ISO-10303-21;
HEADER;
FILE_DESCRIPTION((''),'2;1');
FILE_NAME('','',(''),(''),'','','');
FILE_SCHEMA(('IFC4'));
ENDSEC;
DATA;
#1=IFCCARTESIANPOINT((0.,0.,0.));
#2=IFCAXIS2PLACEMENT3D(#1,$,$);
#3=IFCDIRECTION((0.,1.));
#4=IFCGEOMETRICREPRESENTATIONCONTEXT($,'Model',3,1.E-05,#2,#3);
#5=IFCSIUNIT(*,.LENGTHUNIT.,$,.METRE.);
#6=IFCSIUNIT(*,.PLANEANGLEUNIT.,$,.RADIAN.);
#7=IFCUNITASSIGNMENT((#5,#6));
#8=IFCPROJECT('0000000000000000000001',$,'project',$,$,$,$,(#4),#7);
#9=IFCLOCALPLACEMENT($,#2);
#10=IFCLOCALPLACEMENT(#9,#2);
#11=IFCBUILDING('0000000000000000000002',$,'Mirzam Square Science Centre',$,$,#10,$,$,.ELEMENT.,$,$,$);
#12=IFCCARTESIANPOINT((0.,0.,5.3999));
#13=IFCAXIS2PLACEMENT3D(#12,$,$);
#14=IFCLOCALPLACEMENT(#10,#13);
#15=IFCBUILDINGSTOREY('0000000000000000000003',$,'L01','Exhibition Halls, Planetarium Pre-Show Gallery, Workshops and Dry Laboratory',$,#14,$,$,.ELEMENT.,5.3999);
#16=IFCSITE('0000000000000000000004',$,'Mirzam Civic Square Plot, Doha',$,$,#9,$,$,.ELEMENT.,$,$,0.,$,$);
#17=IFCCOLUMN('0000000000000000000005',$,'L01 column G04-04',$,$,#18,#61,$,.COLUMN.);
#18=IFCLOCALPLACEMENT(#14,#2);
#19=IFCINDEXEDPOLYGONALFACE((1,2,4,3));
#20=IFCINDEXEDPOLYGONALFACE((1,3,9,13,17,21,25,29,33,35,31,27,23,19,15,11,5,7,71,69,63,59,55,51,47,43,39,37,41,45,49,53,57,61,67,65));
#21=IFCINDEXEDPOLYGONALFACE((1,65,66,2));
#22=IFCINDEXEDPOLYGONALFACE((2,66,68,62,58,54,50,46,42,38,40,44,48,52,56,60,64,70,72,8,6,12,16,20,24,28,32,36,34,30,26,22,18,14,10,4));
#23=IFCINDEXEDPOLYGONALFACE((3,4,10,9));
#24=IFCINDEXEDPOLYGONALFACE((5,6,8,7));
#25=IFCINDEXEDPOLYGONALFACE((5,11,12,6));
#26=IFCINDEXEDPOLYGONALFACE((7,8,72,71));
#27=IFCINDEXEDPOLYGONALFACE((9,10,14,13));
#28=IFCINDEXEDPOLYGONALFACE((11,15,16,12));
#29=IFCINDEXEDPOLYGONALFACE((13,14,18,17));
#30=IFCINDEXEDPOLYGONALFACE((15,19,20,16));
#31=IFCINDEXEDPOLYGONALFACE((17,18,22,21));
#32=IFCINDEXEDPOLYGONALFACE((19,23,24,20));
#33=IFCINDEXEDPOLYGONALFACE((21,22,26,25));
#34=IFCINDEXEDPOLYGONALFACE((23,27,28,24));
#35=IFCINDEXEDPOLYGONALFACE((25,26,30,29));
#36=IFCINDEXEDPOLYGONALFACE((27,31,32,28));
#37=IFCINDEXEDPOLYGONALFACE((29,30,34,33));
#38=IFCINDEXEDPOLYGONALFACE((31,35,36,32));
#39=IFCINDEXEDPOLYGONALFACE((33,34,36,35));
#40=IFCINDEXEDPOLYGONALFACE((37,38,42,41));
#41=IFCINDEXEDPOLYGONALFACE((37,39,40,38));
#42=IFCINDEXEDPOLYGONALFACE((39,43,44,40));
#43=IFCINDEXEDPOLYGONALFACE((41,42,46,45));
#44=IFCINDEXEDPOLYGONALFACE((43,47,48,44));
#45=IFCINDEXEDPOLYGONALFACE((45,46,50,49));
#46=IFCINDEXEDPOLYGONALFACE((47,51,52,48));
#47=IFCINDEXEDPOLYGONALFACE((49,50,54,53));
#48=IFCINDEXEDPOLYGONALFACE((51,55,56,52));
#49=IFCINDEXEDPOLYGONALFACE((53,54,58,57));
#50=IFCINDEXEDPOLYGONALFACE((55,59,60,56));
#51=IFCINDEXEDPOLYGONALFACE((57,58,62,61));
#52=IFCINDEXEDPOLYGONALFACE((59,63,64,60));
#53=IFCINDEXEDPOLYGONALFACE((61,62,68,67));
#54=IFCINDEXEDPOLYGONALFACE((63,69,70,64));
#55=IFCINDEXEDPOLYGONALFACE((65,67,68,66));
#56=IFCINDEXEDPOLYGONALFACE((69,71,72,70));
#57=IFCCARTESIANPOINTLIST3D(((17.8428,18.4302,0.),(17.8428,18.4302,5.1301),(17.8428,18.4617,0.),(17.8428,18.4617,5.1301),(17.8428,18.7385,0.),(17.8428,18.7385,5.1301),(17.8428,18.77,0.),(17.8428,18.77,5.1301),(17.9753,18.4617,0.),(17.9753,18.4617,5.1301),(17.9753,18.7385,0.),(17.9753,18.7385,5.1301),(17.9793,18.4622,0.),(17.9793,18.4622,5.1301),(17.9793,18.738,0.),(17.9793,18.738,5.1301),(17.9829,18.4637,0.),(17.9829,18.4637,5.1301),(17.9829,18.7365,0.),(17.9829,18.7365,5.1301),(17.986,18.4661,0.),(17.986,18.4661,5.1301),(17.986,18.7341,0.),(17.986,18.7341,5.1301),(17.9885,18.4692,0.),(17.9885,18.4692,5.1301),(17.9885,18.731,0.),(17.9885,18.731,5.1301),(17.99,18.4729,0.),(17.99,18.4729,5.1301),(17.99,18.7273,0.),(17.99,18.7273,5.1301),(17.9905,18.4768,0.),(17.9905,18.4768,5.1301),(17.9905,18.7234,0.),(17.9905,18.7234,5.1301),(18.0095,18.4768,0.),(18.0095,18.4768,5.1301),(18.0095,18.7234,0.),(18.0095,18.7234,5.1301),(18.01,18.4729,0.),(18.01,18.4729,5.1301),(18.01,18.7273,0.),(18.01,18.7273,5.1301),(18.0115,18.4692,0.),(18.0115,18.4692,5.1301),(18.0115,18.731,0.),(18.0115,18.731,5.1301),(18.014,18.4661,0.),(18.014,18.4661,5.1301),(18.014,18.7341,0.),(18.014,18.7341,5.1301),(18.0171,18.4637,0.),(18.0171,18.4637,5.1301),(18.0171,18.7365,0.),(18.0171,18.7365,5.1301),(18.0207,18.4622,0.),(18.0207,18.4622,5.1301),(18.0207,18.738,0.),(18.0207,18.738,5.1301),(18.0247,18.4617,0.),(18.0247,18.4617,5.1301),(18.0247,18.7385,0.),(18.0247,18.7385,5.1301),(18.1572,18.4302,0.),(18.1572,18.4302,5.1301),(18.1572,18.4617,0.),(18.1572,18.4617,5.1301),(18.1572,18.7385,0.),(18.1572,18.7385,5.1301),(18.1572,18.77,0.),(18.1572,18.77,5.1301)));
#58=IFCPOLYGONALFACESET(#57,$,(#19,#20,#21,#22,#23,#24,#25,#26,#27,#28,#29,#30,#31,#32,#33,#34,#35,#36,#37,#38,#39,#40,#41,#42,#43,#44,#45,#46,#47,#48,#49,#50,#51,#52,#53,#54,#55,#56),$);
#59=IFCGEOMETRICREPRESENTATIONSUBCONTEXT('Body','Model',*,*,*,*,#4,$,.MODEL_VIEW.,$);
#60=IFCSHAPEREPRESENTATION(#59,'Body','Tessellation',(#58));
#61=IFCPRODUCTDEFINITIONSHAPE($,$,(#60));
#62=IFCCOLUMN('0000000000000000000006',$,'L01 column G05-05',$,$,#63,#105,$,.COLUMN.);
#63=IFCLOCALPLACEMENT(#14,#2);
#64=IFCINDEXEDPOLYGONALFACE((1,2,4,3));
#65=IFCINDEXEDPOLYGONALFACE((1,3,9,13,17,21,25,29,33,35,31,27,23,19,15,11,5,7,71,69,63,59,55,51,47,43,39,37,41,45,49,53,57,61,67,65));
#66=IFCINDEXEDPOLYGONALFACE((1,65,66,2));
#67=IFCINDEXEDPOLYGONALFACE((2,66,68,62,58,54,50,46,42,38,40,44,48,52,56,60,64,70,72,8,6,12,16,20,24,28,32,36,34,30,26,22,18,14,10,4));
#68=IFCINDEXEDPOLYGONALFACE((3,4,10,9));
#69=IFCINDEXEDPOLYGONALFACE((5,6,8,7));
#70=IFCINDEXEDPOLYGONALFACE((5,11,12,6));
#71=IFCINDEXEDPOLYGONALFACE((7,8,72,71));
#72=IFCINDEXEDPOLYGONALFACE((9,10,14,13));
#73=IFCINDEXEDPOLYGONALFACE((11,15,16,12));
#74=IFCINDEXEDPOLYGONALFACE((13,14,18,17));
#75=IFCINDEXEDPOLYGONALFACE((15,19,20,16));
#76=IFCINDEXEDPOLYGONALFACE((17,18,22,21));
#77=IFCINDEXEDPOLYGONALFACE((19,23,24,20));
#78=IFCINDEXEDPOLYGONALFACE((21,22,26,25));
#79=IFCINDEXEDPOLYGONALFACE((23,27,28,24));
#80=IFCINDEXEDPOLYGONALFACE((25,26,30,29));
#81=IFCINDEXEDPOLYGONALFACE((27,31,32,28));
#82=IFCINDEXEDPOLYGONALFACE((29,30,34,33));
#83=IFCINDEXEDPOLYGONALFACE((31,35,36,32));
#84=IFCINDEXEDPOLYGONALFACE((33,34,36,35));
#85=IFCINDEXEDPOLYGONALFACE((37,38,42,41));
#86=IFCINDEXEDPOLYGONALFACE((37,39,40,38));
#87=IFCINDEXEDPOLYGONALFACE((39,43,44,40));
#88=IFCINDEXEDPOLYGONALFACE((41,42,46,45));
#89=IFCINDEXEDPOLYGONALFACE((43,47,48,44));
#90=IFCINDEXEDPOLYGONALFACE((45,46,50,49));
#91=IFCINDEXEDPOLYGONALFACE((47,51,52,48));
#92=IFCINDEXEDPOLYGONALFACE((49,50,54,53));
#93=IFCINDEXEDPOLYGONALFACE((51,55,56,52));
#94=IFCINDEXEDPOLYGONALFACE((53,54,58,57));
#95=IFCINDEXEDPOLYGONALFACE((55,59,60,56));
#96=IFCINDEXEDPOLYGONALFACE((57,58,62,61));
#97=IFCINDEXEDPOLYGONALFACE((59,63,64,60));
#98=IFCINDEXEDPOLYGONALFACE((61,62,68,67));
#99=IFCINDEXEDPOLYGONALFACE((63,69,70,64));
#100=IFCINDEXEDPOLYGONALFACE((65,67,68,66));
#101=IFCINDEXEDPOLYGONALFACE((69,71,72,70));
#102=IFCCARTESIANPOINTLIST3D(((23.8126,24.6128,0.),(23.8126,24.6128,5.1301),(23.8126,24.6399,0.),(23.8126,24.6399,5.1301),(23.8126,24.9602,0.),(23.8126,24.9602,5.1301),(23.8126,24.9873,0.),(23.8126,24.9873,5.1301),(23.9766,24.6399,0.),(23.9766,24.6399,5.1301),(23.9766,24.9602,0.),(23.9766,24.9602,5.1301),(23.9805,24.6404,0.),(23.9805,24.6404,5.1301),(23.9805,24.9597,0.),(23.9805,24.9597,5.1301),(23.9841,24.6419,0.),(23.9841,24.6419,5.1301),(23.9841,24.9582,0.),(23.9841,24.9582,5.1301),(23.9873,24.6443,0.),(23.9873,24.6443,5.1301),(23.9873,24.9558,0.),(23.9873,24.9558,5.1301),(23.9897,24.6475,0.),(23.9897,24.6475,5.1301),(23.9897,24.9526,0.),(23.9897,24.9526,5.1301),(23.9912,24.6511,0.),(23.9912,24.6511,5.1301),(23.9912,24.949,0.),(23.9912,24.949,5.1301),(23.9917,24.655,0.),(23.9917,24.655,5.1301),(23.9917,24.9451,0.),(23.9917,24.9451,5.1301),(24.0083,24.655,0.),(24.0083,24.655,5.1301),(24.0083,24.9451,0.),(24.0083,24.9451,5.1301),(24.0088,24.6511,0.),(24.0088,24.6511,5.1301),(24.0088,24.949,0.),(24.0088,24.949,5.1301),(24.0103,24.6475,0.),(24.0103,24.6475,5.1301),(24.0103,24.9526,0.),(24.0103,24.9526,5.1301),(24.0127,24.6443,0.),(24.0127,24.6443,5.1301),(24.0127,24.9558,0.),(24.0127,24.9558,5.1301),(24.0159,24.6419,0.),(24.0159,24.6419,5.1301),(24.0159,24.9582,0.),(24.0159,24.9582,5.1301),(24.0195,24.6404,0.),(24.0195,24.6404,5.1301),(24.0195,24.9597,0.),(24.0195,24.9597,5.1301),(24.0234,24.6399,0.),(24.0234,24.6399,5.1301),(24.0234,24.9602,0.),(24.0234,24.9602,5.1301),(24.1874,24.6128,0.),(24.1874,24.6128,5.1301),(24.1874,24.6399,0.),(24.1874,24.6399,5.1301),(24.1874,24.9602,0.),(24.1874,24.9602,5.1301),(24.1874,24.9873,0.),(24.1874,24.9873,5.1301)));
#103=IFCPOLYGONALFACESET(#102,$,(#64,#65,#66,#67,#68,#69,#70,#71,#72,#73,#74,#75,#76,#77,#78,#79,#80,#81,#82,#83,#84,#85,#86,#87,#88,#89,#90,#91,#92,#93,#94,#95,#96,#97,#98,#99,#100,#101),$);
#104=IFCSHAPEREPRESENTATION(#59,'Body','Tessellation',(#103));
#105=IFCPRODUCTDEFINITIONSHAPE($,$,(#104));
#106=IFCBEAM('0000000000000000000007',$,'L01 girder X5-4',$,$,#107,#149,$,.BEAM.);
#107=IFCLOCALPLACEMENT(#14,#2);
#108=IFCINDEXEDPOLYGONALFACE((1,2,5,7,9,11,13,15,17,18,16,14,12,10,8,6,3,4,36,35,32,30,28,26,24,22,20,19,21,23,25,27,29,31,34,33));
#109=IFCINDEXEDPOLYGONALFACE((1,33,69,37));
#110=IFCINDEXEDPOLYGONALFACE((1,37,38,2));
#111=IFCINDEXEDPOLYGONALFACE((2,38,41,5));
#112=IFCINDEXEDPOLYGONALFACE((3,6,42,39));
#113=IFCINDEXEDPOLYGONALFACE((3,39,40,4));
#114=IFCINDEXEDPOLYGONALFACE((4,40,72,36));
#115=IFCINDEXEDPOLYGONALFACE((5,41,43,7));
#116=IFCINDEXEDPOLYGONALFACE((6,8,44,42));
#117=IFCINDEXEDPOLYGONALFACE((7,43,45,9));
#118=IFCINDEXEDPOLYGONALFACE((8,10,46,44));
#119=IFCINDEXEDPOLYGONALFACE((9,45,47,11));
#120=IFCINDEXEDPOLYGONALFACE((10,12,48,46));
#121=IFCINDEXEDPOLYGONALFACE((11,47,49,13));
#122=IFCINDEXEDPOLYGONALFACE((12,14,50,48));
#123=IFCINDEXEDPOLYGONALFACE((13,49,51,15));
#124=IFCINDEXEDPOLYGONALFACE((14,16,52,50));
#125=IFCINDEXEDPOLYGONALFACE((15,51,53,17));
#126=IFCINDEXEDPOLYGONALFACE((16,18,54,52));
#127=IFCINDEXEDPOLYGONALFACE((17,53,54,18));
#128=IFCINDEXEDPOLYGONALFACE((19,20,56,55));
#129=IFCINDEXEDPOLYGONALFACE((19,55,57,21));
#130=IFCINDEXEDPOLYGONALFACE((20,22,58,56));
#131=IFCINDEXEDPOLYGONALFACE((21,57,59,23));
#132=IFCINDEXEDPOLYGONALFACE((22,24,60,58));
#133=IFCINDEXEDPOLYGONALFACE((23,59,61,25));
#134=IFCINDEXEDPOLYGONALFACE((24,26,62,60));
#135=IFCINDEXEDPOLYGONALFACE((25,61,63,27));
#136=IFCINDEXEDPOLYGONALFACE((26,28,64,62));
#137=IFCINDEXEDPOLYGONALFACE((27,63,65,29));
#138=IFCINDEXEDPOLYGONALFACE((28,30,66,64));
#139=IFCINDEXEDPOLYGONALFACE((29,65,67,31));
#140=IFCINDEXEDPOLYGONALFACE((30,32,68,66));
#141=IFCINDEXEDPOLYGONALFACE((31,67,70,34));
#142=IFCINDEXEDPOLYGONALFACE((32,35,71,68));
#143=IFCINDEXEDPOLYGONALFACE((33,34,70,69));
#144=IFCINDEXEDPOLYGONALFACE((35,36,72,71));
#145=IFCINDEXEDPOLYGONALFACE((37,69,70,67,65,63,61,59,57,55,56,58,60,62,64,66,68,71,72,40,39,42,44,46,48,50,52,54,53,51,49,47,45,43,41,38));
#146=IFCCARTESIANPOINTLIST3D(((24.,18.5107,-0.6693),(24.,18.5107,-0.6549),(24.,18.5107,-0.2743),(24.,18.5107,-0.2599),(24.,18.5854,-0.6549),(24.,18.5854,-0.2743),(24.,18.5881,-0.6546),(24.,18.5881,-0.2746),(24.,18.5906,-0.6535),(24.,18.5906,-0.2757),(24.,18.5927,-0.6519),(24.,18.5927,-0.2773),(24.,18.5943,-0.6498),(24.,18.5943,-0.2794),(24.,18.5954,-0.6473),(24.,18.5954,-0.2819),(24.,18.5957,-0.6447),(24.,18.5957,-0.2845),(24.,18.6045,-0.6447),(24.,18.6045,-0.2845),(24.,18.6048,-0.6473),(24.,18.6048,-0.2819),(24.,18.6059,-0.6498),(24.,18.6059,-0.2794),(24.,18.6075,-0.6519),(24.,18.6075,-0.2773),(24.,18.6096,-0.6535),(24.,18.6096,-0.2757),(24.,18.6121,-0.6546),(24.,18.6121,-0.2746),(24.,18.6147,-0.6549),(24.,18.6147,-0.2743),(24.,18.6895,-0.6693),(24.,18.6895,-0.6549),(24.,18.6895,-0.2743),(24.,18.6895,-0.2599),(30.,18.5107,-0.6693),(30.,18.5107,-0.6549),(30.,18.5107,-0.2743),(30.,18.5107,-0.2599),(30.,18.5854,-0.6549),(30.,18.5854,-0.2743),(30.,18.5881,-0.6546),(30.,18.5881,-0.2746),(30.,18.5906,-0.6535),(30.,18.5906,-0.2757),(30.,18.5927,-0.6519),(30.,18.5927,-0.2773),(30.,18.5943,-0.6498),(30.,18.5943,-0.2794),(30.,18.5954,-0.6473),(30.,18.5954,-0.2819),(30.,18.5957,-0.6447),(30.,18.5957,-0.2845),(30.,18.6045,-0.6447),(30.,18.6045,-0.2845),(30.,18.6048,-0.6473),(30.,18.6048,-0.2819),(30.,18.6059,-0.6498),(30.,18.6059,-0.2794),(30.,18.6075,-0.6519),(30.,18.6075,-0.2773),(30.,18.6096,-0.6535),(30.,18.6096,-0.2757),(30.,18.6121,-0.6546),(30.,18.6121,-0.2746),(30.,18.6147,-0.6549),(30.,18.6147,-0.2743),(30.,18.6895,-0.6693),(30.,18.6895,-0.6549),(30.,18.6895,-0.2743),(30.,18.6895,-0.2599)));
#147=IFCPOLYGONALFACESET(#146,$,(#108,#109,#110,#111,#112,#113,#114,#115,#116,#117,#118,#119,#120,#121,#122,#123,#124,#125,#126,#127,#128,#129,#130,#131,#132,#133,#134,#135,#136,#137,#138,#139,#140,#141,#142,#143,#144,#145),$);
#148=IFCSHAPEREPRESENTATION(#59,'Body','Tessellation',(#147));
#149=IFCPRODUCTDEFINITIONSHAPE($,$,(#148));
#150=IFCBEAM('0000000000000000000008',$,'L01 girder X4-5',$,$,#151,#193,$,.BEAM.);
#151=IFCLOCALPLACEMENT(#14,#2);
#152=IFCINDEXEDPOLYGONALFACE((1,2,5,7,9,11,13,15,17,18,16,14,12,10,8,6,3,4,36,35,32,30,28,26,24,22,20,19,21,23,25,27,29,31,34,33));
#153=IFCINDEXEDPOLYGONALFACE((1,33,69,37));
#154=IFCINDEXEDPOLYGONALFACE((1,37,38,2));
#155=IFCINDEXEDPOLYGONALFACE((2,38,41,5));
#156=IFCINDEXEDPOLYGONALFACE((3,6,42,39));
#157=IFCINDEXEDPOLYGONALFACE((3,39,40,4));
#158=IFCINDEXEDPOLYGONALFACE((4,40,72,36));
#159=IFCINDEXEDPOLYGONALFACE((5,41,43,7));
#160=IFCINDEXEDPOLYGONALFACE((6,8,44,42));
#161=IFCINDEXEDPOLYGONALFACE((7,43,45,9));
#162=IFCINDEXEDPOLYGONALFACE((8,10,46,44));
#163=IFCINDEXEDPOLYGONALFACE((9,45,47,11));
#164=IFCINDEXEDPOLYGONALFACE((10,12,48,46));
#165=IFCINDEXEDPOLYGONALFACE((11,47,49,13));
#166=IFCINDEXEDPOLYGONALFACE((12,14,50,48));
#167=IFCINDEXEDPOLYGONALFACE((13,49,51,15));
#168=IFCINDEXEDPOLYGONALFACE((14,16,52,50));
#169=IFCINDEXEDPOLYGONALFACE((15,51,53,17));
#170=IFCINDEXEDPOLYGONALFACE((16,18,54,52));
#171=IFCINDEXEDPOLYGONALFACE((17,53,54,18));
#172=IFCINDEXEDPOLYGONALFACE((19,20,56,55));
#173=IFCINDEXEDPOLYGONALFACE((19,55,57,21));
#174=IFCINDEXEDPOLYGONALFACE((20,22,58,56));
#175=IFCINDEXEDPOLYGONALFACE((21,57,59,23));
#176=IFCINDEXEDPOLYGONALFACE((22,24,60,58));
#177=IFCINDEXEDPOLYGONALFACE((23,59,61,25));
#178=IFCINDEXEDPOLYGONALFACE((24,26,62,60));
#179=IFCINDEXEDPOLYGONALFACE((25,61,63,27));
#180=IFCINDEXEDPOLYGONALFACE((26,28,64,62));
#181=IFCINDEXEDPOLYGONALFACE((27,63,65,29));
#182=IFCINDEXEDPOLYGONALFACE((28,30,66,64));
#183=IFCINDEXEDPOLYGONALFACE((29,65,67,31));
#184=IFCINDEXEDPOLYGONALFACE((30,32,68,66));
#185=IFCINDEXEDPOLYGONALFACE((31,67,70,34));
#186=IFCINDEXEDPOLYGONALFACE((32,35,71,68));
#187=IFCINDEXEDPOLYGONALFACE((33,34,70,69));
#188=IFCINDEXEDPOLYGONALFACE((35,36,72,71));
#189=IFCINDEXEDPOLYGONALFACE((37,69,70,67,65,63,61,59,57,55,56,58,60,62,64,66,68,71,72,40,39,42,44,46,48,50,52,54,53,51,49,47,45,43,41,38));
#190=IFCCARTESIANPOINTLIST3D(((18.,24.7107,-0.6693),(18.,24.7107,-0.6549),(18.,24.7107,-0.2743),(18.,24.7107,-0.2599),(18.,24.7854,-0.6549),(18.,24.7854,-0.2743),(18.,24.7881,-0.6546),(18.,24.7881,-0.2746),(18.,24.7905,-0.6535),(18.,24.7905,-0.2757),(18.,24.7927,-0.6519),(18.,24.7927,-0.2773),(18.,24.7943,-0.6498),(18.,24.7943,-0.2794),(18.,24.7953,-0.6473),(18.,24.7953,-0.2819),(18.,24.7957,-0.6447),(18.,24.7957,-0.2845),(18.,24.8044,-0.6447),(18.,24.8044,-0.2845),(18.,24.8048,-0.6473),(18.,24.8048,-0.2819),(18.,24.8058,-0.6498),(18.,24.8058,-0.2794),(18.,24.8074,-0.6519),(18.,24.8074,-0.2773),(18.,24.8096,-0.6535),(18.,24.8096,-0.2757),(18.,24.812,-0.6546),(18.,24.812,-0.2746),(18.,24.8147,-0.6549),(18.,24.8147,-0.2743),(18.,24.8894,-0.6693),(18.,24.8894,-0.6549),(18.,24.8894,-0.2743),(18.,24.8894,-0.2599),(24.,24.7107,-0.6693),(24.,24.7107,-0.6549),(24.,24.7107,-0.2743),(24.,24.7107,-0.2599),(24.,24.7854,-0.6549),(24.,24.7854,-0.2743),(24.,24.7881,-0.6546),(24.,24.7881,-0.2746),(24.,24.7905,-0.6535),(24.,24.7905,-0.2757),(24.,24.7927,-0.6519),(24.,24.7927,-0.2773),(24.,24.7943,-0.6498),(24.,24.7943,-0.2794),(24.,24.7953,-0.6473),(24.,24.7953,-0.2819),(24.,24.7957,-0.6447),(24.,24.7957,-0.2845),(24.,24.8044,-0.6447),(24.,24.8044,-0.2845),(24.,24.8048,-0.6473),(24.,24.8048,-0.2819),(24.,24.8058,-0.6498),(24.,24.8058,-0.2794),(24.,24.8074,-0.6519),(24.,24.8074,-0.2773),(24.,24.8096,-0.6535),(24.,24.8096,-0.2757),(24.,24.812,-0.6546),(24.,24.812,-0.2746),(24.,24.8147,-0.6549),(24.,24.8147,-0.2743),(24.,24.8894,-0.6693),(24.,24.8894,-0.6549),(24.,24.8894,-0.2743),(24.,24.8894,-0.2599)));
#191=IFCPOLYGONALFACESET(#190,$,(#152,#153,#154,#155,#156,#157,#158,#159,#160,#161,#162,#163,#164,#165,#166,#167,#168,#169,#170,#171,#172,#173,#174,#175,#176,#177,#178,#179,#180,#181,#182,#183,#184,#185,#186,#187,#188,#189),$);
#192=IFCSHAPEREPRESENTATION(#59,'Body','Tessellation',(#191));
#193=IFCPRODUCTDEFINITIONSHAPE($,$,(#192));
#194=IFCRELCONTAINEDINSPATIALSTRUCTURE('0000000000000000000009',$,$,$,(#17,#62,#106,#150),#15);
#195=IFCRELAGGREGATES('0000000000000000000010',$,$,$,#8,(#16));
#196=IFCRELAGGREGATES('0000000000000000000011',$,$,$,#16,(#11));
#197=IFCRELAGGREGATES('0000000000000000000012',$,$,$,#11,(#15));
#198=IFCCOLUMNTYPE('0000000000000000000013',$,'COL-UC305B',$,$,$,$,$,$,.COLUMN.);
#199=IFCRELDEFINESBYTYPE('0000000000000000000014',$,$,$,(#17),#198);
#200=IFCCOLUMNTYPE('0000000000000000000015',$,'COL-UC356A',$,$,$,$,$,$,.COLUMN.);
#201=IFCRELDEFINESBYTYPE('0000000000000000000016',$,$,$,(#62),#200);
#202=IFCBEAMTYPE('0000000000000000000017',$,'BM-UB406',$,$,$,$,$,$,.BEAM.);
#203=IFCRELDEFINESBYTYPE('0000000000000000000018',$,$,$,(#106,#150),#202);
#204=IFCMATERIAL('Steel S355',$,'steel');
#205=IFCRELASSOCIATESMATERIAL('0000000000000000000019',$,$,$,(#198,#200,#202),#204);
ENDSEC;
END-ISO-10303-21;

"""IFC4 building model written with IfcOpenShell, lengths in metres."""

from ifc_helpers import new_model, si_unit, direction, frame, origin, origin_2d, place, context, subcontext, project, spatial, i_section, extrude, material, material_profile, profile_set, type_object, element, save


model = new_model("IFC4")

# Units and contexts
model_context = context("Model", 3, precision=1e-05, world=origin(), true_north=direction((0.0, 1.0)))
body_context = subcontext(model_context, "Body", "Model", "MODEL_VIEW")
ifc_project = project(units=[si_unit("LENGTHUNIT", "METRE"), si_unit("PLANEANGLEUNIT", "RADIAN")], contexts=[model_context])

# Site, building, storey
site_placement = place(None, origin())
site = spatial("IfcSite", under=ifc_project, at=site_placement, Name="Mirzam Civic Square Plot, Doha", CompositionType="ELEMENT", RefElevation=0.0)
building_placement = place(site_placement, origin())
building = spatial("IfcBuilding", under=site, at=building_placement, Name="Mirzam Square Science Centre", CompositionType="ELEMENT")
storey_placement = place(building_placement, frame((0.0, 0.0, 5.3999)))
storey = spatial("IfcBuildingStorey", under=building, at=storey_placement, Name="L01", Description="Exhibition Halls, Planetarium Pre-Show Gallery, Workshops and Dry Laboratory", CompositionType="ELEMENT", Elevation=5.3999)

# Columns
ifc_material_1 = material(Name="Steel S355", Category="steel")
ifc_material_profile_1 = material_profile(ifc_material_1, i_section(OverallWidth=0.3145, OverallDepth=0.3398, WebThickness=0.019, FlangeThickness=0.0315, FilletRadius=0.0151, at=origin_2d()), Name="305x305x198UC")
ifc_profile_set_1 = profile_set([ifc_material_profile_1], Name="Steel S355")
column_type_1 = type_object("IfcColumnType", Name="COL-UC305B", PredefinedType="COLUMN", material=ifc_profile_set_1)
for number, where, z_axis, x_axis, name in (
    (1, (18.0, 18.6001, 0.0), (0.0, 0.0, 1.0), (1.0, 0.0, 0.0), "L01 column G04-04"),
):
    element("IfcColumn", number, at=place(storey_placement, frame(where, z_axis=z_axis, x_axis=x_axis)), inside=storey, type_object=column_type_1, Name=name, PredefinedType="COLUMN", context=body_context, shape_type="SweptSolid", body=[
        extrude(i_section(OverallWidth=0.3145, OverallDepth=0.3398, WebThickness=0.019, FlangeThickness=0.0315, FilletRadius=0.0151, at=origin_2d()), origin(), (0.0, 0.0, 1.0), 5.1301),
    ])
ifc_material_profile_2 = material_profile(ifc_material_1, i_section(OverallWidth=0.3748, OverallDepth=0.3745, WebThickness=0.0166, FlangeThickness=0.0271, FilletRadius=0.0151, at=origin_2d()), Name="356x368x202UC")
ifc_profile_set_2 = profile_set([ifc_material_profile_2], Name="Steel S355")
column_type_2 = type_object("IfcColumnType", Name="COL-UC356A", PredefinedType="COLUMN", material=ifc_profile_set_2)
column_placement = place(storey_placement, frame((24.0, 24.8, 0.0), z_axis=(0.0, 0.0, 1.0), x_axis=(1.0, 0.0, 0.0)))
element("IfcColumn", 2, at=column_placement, inside=storey, type_object=column_type_2, Name="L01 column G05-05", PredefinedType="COLUMN", context=body_context, shape_type="SweptSolid", body=[
    extrude(i_section(OverallWidth=0.3748, OverallDepth=0.3745, WebThickness=0.0166, FlangeThickness=0.0271, FilletRadius=0.0151, at=origin_2d()), origin(), (0.0, 0.0, 1.0), 5.1301),
])

# Beams
ifc_material_profile_3 = material_profile(ifc_material_1, i_section(OverallWidth=0.1787, OverallDepth=0.4094, WebThickness=0.0088, FlangeThickness=0.0144, FilletRadius=0.0103, at=origin_2d()), Name="406x178x67UB")
ifc_profile_set_3 = profile_set([ifc_material_profile_3], Name="Steel S355")
beam_type_1 = type_object("IfcBeamType", Name="BM-UB406", PredefinedType="BEAM", material=ifc_profile_set_3)
for number, where, z_axis, x_axis, name in (
    (3, (24.0, 18.6001, -0.4646), (1.0, 0.0, 0.0), (0.0, 1.0, 0.0), "L01 girder X5-4"),
    (4, (18.0, 24.8, -0.4646), (1.0, 0.0, 0.0), (0.0, 1.0, 0.0), "L01 girder X4-5"),
):
    element("IfcBeam", number, at=place(storey_placement, frame(where, z_axis=z_axis, x_axis=x_axis)), inside=storey, type_object=beam_type_1, Name=name, PredefinedType="BEAM", context=body_context, shape_type="SweptSolid", body=[
        extrude(i_section(OverallWidth=0.1787, OverallDepth=0.4094, WebThickness=0.0088, FlangeThickness=0.0144, FilletRadius=0.0103, at=origin_2d()), origin(), (0.0, 0.0, 1.0), 6.0),
    ])

save(model, "model.ifc")
